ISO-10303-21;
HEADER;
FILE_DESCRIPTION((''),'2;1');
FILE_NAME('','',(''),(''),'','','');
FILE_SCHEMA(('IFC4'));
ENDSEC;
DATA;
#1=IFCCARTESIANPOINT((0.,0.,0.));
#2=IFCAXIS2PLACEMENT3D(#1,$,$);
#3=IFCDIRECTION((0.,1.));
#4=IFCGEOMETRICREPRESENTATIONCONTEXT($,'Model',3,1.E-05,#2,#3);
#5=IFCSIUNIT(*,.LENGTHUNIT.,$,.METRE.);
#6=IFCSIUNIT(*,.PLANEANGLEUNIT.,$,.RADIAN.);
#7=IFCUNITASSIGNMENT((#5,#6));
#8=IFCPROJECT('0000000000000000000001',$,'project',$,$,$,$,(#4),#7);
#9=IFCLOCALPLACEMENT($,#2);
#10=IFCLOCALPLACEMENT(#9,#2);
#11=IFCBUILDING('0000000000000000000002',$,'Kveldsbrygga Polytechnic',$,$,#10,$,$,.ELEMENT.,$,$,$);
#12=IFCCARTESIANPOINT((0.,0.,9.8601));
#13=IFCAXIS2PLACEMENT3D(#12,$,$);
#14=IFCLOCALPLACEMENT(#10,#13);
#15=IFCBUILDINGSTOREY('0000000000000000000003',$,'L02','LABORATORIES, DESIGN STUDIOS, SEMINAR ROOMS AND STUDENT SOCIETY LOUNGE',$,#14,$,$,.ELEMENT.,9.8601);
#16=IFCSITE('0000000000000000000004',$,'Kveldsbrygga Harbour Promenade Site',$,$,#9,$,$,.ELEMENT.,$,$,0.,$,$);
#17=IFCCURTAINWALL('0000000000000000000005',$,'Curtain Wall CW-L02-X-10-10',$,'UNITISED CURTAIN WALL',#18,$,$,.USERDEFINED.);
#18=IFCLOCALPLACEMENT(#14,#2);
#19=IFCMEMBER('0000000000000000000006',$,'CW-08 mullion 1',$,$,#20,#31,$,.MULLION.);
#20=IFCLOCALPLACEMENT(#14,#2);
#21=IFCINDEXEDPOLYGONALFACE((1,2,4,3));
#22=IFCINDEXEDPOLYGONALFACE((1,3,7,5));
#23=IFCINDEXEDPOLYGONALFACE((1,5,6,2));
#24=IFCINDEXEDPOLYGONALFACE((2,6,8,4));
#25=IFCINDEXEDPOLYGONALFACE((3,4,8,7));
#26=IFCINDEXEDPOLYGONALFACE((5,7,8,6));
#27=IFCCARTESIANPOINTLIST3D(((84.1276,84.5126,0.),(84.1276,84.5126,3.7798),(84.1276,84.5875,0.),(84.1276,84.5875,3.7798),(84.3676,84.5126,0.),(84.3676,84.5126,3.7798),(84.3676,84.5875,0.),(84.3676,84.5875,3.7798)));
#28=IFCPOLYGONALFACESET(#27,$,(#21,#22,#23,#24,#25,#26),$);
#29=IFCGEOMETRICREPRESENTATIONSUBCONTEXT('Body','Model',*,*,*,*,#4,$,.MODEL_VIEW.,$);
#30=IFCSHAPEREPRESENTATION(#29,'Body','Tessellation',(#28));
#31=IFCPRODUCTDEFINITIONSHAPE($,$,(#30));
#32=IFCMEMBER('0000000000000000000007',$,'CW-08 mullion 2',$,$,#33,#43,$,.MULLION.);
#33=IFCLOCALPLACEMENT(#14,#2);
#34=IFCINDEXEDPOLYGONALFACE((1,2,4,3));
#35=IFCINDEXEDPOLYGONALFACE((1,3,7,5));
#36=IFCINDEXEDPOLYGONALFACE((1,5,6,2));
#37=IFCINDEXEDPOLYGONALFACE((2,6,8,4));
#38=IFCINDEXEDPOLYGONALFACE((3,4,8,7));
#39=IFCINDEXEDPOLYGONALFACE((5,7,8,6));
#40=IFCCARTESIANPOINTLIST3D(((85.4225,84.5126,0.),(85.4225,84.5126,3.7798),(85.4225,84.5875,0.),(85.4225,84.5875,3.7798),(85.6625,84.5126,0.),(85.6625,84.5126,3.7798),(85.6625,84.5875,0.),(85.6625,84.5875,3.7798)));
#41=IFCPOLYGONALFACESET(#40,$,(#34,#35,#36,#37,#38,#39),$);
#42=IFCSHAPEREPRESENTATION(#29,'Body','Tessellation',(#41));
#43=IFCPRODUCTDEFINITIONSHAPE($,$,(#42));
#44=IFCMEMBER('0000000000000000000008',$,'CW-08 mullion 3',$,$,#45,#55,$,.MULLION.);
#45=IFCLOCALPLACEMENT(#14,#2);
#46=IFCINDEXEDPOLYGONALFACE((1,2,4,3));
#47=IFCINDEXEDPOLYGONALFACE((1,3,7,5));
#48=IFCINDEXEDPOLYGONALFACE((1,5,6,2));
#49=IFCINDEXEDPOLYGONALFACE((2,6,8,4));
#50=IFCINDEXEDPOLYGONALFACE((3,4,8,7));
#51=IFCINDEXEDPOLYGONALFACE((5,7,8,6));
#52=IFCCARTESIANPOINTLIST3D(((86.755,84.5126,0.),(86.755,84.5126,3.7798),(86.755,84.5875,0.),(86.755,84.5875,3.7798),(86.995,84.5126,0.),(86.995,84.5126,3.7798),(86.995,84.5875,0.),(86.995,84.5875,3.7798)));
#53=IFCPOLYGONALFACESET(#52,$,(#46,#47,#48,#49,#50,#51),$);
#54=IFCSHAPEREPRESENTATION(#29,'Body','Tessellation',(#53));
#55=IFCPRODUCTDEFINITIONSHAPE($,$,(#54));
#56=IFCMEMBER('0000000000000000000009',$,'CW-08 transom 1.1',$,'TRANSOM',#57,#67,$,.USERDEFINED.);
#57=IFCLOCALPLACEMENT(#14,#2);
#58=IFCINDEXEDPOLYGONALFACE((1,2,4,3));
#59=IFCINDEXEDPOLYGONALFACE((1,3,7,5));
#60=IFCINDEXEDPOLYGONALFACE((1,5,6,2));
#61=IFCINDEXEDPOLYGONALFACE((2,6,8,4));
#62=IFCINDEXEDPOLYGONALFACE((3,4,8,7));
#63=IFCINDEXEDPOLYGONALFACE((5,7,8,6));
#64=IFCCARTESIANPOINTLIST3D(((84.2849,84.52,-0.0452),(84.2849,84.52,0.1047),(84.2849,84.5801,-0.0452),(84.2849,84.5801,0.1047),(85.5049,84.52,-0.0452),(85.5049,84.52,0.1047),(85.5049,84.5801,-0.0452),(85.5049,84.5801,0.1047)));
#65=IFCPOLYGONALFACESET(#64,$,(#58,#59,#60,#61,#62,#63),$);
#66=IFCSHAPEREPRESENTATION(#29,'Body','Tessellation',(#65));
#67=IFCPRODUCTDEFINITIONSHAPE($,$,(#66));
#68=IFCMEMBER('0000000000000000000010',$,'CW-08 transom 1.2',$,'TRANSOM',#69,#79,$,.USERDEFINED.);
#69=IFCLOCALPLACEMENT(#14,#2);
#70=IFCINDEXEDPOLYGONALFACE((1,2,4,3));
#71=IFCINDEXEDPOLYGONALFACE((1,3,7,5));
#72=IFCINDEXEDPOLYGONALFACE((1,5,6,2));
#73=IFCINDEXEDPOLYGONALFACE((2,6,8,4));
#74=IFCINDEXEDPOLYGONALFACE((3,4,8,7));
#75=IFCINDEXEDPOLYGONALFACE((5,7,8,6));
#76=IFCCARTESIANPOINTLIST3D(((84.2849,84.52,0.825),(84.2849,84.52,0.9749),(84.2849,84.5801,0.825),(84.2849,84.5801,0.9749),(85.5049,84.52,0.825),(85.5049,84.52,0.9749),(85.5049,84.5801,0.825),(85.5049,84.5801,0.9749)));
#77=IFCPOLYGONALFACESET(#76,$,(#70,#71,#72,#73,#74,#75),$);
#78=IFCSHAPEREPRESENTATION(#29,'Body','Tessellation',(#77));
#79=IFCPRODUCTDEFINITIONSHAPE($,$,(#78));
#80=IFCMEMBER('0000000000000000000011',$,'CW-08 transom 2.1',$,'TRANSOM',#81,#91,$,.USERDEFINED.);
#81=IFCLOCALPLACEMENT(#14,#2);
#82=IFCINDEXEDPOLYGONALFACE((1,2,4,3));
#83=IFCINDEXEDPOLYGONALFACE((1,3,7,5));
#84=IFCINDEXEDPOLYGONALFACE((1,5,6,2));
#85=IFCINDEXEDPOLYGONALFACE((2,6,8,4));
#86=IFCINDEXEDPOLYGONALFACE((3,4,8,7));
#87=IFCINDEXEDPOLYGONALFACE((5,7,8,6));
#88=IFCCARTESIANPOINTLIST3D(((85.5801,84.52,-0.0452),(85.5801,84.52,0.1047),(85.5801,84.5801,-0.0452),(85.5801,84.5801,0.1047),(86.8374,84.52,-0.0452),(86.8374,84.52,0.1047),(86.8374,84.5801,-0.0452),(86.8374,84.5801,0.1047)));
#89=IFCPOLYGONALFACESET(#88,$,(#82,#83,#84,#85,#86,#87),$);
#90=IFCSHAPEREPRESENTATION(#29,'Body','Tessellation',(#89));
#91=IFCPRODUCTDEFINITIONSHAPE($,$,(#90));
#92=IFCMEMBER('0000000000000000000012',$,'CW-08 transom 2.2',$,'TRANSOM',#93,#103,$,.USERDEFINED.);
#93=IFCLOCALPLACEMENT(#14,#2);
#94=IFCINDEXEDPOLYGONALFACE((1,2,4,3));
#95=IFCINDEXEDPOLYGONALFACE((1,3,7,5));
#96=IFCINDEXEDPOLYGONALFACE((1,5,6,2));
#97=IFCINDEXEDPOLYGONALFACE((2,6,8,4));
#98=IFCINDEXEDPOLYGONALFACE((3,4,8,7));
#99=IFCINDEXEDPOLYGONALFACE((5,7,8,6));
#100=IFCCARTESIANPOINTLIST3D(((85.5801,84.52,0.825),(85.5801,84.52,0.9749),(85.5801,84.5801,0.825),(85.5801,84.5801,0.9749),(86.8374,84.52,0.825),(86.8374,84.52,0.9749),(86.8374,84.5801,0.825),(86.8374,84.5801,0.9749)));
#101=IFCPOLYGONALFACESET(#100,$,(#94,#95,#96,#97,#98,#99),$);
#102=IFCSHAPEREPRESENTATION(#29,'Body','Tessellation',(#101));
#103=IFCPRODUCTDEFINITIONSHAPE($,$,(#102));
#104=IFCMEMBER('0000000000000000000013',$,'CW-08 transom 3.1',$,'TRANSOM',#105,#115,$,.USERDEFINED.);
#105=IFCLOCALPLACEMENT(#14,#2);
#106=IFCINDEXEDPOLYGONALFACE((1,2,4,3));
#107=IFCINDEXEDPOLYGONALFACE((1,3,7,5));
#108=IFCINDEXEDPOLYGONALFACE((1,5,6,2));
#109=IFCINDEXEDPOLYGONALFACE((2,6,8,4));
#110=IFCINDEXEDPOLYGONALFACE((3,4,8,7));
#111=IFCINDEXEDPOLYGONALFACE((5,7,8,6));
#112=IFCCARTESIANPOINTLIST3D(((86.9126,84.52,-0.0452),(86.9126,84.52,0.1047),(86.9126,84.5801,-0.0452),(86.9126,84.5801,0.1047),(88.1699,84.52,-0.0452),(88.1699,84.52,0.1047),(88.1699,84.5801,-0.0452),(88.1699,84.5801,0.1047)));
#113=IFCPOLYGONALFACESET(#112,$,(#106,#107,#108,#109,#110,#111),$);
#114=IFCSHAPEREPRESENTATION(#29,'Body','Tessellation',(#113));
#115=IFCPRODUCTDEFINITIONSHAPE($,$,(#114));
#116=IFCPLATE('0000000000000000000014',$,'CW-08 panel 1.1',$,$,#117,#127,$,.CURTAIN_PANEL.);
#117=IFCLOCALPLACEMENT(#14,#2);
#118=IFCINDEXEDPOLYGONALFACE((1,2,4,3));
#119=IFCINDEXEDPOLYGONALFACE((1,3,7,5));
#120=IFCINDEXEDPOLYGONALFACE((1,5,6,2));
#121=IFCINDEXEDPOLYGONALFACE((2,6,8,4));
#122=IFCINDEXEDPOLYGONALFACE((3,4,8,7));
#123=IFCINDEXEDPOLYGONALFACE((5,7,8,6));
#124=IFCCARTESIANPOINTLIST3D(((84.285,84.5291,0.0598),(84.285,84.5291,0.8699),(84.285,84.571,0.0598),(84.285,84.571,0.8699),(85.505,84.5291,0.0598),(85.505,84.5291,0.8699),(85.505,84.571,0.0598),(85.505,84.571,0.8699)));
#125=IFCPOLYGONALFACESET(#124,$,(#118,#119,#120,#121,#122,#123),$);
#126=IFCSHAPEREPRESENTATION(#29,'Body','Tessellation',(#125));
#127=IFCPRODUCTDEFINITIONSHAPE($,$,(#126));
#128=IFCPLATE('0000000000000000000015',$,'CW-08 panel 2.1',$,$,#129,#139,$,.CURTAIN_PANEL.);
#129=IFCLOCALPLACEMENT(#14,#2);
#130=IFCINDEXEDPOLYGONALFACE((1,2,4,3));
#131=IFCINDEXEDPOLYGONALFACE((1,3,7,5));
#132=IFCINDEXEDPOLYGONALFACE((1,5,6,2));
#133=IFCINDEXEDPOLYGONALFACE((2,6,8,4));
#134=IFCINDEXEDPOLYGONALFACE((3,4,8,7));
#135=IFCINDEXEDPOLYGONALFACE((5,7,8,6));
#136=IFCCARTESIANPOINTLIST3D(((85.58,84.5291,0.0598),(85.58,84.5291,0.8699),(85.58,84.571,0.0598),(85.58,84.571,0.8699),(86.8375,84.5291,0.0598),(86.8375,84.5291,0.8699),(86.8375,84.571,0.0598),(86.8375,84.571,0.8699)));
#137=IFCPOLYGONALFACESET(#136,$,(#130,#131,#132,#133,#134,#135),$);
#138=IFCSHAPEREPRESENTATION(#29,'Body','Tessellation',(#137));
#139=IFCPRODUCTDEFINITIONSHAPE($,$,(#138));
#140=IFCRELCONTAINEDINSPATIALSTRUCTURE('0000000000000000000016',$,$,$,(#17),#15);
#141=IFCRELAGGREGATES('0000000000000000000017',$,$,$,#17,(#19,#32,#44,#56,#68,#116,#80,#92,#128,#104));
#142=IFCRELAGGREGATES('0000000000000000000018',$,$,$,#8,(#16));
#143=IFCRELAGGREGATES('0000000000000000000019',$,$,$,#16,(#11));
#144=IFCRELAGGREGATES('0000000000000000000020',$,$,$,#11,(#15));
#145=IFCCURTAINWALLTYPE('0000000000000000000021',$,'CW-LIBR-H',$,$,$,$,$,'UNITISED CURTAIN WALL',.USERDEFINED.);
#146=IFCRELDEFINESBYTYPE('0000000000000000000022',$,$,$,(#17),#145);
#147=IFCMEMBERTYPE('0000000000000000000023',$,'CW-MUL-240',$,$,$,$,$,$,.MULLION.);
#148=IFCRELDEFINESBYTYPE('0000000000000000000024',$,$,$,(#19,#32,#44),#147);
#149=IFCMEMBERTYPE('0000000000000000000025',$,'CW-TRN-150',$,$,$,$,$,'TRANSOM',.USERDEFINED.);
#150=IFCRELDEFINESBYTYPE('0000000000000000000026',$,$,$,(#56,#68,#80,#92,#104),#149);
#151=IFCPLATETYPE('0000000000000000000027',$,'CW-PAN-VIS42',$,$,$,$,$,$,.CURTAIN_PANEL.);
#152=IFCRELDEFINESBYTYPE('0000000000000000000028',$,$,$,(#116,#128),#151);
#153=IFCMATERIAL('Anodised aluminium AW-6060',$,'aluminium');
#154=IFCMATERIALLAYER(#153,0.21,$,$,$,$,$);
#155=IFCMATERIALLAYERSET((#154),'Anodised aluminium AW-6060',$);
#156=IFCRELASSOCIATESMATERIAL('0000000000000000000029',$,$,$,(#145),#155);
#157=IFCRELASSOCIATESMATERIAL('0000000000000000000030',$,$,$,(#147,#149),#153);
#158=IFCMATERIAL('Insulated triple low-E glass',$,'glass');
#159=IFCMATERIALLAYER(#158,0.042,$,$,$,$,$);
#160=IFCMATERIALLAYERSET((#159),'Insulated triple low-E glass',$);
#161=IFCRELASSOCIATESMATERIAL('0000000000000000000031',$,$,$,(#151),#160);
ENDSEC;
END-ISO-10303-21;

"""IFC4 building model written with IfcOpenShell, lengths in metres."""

from ifc_helpers import new_model, si_unit, direction, frame, origin, origin_2d, place, context, subcontext, project, spatial, rectangle, extrude, material, layer, layer_set, material_profile, profile_set, type_object, element, aggregate, save


model = new_model("IFC4")

# Units and contexts
model_context = context("Model", 3, precision=1e-05, world=origin(), true_north=direction((0.0, 1.0)))
body_context = subcontext(model_context, "Body", "Model", "MODEL_VIEW")
ifc_project = project(units=[si_unit("LENGTHUNIT", "METRE"), si_unit("PLANEANGLEUNIT", "RADIAN")], contexts=[model_context])

# Site, building, storey
site_placement = place(None, origin())
site = spatial("IfcSite", under=ifc_project, at=site_placement, Name="Kveldsbrygga Harbour Promenade Site", CompositionType="ELEMENT", RefElevation=0.0)
building_placement = place(site_placement, origin())
building = spatial("IfcBuilding", under=site, at=building_placement, Name="Kveldsbrygga Polytechnic", CompositionType="ELEMENT")
storey_placement = place(building_placement, frame((0.0, 0.0, 9.8601)))
storey = spatial("IfcBuildingStorey", under=building, at=storey_placement, Name="L02", Description="LABORATORIES, DESIGN STUDIOS, SEMINAR ROOMS AND STUDENT SOCIETY LOUNGE", CompositionType="ELEMENT", Elevation=9.8601)

# Curtain wall, members, plates
ifc_material_1 = material(Name="Anodised aluminium AW-6060", Category="aluminium")
ifc_layer_1 = layer(ifc_material_1, 0.21)
ifc_layer_set_1 = layer_set([ifc_layer_1], Name="Anodised aluminium AW-6060")
curtain_wall_type = type_object("IfcCurtainWallType", Name="CW-LIBR-H", ElementType="UNITISED CURTAIN WALL", PredefinedType="USERDEFINED", material=ifc_layer_set_1)
curtain_wall_placement = place(storey_placement, origin())
curtain_wall = element("IfcCurtainWall", 1, at=curtain_wall_placement, inside=storey, type_object=curtain_wall_type, Name="Curtain Wall CW-L02-X-10-10", ObjectType="UNITISED CURTAIN WALL", PredefinedType="USERDEFINED")
ifc_material_profile_1 = material_profile(ifc_material_1, rectangle(XDim=0.075, YDim=0.24, at=origin_2d()), Name="ALU 75x240")
ifc_profile_set_1 = profile_set([ifc_material_profile_1], Name="Anodised aluminium AW-6060")
member_type_1 = type_object("IfcMemberType", Name="CW-MUL-240", PredefinedType="MULLION", material=ifc_profile_set_1)
member_1_placement = place(storey_placement, frame((84.2476, 84.55, 0.0), z_axis=(0.0, 0.0, 1.0), x_axis=(0.0, 1.0, 0.0)))
member_1 = element("IfcMember", 2, at=member_1_placement, type_object=member_type_1, Name="CW-08 mullion 1", PredefinedType="MULLION", context=body_context, shape_type="SweptSolid", body=[
    extrude(rectangle(XDim=0.075, YDim=0.24, at=origin_2d()), origin(), (0.0, 0.0, 1.0), 3.7798),
])
member_2_placement = place(storey_placement, frame((85.5425, 84.55, 0.0), z_axis=(0.0, 0.0, 1.0), x_axis=(0.0, 1.0, 0.0)))
member_2 = element("IfcMember", 3, at=member_2_placement, type_object=member_type_1, Name="CW-08 mullion 2", PredefinedType="MULLION", context=body_context, shape_type="SweptSolid", body=[
    extrude(rectangle(XDim=0.075, YDim=0.24, at=origin_2d()), origin(), (0.0, 0.0, 1.0), 3.7798),
])
member_3_placement = place(storey_placement, frame((86.875, 84.55, 0.0), z_axis=(0.0, 0.0, 1.0), x_axis=(0.0, 1.0, 0.0)))
member_3 = element("IfcMember", 4, at=member_3_placement, type_object=member_type_1, Name="CW-08 mullion 3", PredefinedType="MULLION", context=body_context, shape_type="SweptSolid", body=[
    extrude(rectangle(XDim=0.075, YDim=0.24, at=origin_2d()), origin(), (0.0, 0.0, 1.0), 3.7798),
])
ifc_material_profile_2 = material_profile(ifc_material_1, rectangle(XDim=0.0601, YDim=0.1499, at=origin_2d()), Name="ALU 60x150")
ifc_profile_set_2 = profile_set([ifc_material_profile_2], Name="Anodised aluminium AW-6060")
member_type_2 = type_object("IfcMemberType", Name="CW-TRN-150", ElementType="TRANSOM", PredefinedType="USERDEFINED", material=ifc_profile_set_2)
member_4_placement = place(storey_placement, frame((84.2849, 84.55, 0.0298), z_axis=(1.0, 0.0, 0.0), x_axis=(0.0, 1.0, 0.0)))
member_4 = element("IfcMember", 5, at=member_4_placement, type_object=member_type_2, Name="CW-08 transom 1.1", ObjectType="TRANSOM", PredefinedType="USERDEFINED", context=body_context, shape_type="SweptSolid", body=[
    extrude(rectangle(XDim=0.0601, YDim=0.1499, at=origin_2d()), origin(), (0.0, 0.0, 1.0), 1.22),
])
member_5_placement = place(storey_placement, frame((84.2849, 84.55, 0.8999), z_axis=(1.0, 0.0, 0.0), x_axis=(0.0, 1.0, 0.0)))
member_5 = element("IfcMember", 6, at=member_5_placement, type_object=member_type_2, Name="CW-08 transom 1.2", ObjectType="TRANSOM", PredefinedType="USERDEFINED", context=body_context, shape_type="SweptSolid", body=[
    extrude(rectangle(XDim=0.0601, YDim=0.1499, at=origin_2d()), origin(), (0.0, 0.0, 1.0), 1.22),
])
member_6_placement = place(storey_placement, frame((85.5801, 84.55, 0.0298), z_axis=(1.0, 0.0, 0.0), x_axis=(0.0, 1.0, 0.0)))
member_6 = element("IfcMember", 7, at=member_6_placement, type_object=member_type_2, Name="CW-08 transom 2.1", ObjectType="TRANSOM", PredefinedType="USERDEFINED", context=body_context, shape_type="SweptSolid", body=[
    extrude(rectangle(XDim=0.0601, YDim=0.1499, at=origin_2d()), origin(), (0.0, 0.0, 1.0), 1.2573),
])
member_7_placement = place(storey_placement, frame((85.5801, 84.55, 0.8999), z_axis=(1.0, 0.0, 0.0), x_axis=(0.0, 1.0, 0.0)))
member_7 = element("IfcMember", 8, at=member_7_placement, type_object=member_type_2, Name="CW-08 transom 2.2", ObjectType="TRANSOM", PredefinedType="USERDEFINED", context=body_context, shape_type="SweptSolid", body=[
    extrude(rectangle(XDim=0.0601, YDim=0.1499, at=origin_2d()), origin(), (0.0, 0.0, 1.0), 1.2573),
])
member_8_placement = place(storey_placement, frame((86.9126, 84.55, 0.0298), z_axis=(1.0, 0.0, 0.0), x_axis=(0.0, 1.0, 0.0)))
member_8 = element("IfcMember", 9, at=member_8_placement, type_object=member_type_2, Name="CW-08 transom 3.1", ObjectType="TRANSOM", PredefinedType="USERDEFINED", context=body_context, shape_type="SweptSolid", body=[
    extrude(rectangle(XDim=0.0601, YDim=0.1499, at=origin_2d()), origin(), (0.0, 0.0, 1.0), 1.2573),
])
ifc_material_2 = material(Name="Insulated triple low-E glass", Category="glass")
ifc_layer_2 = layer(ifc_material_2, 0.042)
ifc_layer_set_2 = layer_set([ifc_layer_2], Name="Insulated triple low-E glass")
plate_type = type_object("IfcPlateType", Name="CW-PAN-VIS42", PredefinedType="CURTAIN_PANEL", material=ifc_layer_set_2)
plate_1_placement = place(storey_placement, frame((84.895, 84.55, 0.0598), z_axis=(0.0, 0.0, 1.0), x_axis=(1.0, 0.0, 0.0)))
plate_1 = element("IfcPlate", 10, at=plate_1_placement, type_object=plate_type, Name="CW-08 panel 1.1", PredefinedType="CURTAIN_PANEL", context=body_context, shape_type="SweptSolid", body=[
    extrude(rectangle(XDim=1.22, YDim=0.042, at=origin_2d()), origin(), (0.0, 0.0, 1.0), 0.8101),
])
plate_2_placement = place(storey_placement, frame((86.2087, 84.55, 0.0598), z_axis=(0.0, 0.0, 1.0), x_axis=(1.0, 0.0, 0.0)))
plate_2 = element("IfcPlate", 11, at=plate_2_placement, type_object=plate_type, Name="CW-08 panel 2.1", PredefinedType="CURTAIN_PANEL", context=body_context, shape_type="SweptSolid", body=[
    extrude(rectangle(XDim=1.2576, YDim=0.042, at=origin_2d()), origin(), (0.0, 0.0, 1.0), 0.8101),
])
aggregate(curtain_wall, [member_1, member_2, member_3, member_4, member_5, plate_1, member_6, member_7, plate_2, member_8])

save(model, "model.ifc")
